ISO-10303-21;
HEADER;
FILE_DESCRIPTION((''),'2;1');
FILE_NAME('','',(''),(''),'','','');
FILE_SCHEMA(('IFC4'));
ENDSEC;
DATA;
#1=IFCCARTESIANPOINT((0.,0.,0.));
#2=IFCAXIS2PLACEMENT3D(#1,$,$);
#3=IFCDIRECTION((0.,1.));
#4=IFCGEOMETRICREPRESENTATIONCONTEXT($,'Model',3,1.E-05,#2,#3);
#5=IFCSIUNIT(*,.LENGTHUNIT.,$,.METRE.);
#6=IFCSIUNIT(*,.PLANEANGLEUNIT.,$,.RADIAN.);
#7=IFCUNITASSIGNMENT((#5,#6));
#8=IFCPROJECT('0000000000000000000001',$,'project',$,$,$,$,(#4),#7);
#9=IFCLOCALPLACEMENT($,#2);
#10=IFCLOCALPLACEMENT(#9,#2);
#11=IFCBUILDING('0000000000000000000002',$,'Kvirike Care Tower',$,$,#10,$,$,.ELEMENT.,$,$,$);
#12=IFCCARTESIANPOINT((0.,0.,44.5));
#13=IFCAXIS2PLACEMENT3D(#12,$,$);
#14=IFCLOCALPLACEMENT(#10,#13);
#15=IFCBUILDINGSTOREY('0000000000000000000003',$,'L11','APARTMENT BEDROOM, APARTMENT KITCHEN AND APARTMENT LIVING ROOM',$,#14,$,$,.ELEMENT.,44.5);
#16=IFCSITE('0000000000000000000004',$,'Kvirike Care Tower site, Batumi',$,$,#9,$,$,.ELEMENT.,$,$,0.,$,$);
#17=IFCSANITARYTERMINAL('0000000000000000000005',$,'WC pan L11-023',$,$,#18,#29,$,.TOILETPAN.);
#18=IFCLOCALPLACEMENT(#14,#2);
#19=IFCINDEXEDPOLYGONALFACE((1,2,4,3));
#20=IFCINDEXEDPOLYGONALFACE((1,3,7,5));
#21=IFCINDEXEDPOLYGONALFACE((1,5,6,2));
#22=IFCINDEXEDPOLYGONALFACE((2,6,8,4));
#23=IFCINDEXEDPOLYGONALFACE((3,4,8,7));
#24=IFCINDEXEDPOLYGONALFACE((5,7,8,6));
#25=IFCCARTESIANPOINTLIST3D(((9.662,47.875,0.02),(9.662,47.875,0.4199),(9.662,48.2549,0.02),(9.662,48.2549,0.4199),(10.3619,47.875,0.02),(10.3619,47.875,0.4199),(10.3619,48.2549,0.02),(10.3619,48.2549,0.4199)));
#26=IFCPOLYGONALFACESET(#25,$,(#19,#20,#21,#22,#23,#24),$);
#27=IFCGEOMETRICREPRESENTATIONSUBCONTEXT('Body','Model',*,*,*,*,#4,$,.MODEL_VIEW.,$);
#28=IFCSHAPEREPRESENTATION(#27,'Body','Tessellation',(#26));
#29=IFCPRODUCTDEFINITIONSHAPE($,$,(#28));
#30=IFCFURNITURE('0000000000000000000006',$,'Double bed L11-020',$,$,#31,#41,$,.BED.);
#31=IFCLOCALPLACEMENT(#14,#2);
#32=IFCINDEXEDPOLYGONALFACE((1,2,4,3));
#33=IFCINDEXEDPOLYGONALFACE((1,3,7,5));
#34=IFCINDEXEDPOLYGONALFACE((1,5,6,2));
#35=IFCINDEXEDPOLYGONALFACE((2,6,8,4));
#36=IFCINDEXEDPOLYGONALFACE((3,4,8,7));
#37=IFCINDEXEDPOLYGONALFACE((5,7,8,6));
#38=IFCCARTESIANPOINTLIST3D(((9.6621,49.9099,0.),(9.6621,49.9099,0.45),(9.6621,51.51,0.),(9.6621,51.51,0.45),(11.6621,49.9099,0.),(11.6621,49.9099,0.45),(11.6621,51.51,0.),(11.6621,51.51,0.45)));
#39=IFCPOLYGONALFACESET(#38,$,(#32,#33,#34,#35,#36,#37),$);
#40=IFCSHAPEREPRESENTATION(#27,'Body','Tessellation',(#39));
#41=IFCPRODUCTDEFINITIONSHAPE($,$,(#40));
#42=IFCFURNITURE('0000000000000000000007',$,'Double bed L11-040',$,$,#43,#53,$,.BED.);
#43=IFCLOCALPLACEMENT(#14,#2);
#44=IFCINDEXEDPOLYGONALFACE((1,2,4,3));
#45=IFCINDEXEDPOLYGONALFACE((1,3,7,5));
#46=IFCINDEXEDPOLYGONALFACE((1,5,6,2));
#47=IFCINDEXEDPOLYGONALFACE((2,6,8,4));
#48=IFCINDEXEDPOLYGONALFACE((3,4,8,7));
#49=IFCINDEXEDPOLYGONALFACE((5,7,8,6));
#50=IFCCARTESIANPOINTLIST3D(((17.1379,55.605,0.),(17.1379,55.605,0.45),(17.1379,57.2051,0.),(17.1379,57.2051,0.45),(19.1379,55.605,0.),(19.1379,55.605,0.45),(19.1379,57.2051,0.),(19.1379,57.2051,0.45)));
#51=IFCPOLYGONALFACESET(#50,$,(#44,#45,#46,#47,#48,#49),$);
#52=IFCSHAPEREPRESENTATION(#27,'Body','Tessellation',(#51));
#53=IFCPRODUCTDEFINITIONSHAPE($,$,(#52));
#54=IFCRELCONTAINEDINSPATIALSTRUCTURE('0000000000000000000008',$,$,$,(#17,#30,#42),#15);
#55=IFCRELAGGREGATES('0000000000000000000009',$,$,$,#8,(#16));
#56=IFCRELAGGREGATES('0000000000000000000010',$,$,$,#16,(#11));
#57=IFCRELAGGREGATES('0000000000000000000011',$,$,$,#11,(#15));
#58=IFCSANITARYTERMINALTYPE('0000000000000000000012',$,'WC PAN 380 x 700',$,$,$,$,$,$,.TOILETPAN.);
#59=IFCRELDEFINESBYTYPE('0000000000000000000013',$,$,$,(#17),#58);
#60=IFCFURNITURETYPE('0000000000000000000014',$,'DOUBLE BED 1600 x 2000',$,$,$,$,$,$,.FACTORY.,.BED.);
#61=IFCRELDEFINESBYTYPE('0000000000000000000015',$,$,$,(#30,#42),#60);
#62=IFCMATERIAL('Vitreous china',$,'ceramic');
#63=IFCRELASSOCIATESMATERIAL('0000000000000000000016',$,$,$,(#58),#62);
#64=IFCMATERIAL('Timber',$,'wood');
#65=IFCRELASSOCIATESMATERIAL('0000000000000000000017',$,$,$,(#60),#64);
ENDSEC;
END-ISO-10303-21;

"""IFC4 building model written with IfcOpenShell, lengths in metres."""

from ifc_helpers import new_model, si_unit, direction, frame, origin, origin_2d, place, context, subcontext, project, spatial, rectangle, extrude, material, type_object, element, save


model = new_model("IFC4")

# Units and contexts
model_context = context("Model", 3, precision=1e-05, world=origin(), true_north=direction((0.0, 1.0)))
body_context = subcontext(model_context, "Body", "Model", "MODEL_VIEW")
ifc_project = project(units=[si_unit("LENGTHUNIT", "METRE"), si_unit("PLANEANGLEUNIT", "RADIAN")], contexts=[model_context])

# Site, building, storey
site_placement = place(None, origin())
site = spatial("IfcSite", under=ifc_project, at=site_placement, Name="Kvirike Care Tower site, Batumi", CompositionType="ELEMENT", RefElevation=0.0)
building_placement = place(site_placement, origin())
building = spatial("IfcBuilding", under=site, at=building_placement, Name="Kvirike Care Tower", CompositionType="ELEMENT")
storey_placement = place(building_placement, frame((0.0, 0.0, 44.5)))
storey = spatial("IfcBuildingStorey", under=building, at=storey_placement, Name="L11", Description="APARTMENT BEDROOM, APARTMENT KITCHEN AND APARTMENT LIVING ROOM", CompositionType="ELEMENT", Elevation=44.5)

# Sanitary terminal
ifc_material_1 = material(Name="Vitreous china", Category="ceramic")
sanitary_terminal_type_1 = type_object("IfcSanitaryTerminalType", Name="WC PAN 380 x 700", PredefinedType="TOILETPAN", material=ifc_material_1)
sanitary_terminal_1_placement = place(storey_placement, frame((10.012, 48.0649, 0.02), z_axis=(0.0, 0.0, 1.0), x_axis=(0.0, 1.0, 0.0)))
element("IfcSanitaryTerminal", 1, at=sanitary_terminal_1_placement, inside=storey, type_object=sanitary_terminal_type_1, Name="WC pan L11-023", PredefinedType="TOILETPAN", context=body_context, shape_type="SweptSolid", body=[
    extrude(rectangle(XDim=0.3799, YDim=0.7, at=origin_2d()), origin(), (0.0, 0.0, 1.0), 0.3999),
])

# Furniture
ifc_material_2 = material(Name="Timber", Category="wood")
furniture_type = type_object("IfcFurnitureType", Name="DOUBLE BED 1600 x 2000", AssemblyPlace="FACTORY", PredefinedType="BED", material=ifc_material_2)
for number, where, z_axis, x_axis, name in (
    (2, (10.6621, 50.71, 0.0), (0.0, 0.0, 1.0), (0.0, 1.0, 0.0), "Double bed L11-020"),
    (3, (18.1379, 56.405, 0.0), (0.0, 0.0, 1.0), (0.0, -1.0, 0.0), "Double bed L11-040"),
):
    element("IfcFurniture", number, at=place(storey_placement, frame(where, z_axis=z_axis, x_axis=x_axis)), inside=storey, type_object=furniture_type, Name=name, PredefinedType="BED", context=body_context, shape_type="SweptSolid", body=[
        extrude(rectangle(XDim=1.6001, YDim=2.0, at=origin_2d()), origin(), (0.0, 0.0, 1.0), 0.45),
    ])

save(model, "model.ifc")
